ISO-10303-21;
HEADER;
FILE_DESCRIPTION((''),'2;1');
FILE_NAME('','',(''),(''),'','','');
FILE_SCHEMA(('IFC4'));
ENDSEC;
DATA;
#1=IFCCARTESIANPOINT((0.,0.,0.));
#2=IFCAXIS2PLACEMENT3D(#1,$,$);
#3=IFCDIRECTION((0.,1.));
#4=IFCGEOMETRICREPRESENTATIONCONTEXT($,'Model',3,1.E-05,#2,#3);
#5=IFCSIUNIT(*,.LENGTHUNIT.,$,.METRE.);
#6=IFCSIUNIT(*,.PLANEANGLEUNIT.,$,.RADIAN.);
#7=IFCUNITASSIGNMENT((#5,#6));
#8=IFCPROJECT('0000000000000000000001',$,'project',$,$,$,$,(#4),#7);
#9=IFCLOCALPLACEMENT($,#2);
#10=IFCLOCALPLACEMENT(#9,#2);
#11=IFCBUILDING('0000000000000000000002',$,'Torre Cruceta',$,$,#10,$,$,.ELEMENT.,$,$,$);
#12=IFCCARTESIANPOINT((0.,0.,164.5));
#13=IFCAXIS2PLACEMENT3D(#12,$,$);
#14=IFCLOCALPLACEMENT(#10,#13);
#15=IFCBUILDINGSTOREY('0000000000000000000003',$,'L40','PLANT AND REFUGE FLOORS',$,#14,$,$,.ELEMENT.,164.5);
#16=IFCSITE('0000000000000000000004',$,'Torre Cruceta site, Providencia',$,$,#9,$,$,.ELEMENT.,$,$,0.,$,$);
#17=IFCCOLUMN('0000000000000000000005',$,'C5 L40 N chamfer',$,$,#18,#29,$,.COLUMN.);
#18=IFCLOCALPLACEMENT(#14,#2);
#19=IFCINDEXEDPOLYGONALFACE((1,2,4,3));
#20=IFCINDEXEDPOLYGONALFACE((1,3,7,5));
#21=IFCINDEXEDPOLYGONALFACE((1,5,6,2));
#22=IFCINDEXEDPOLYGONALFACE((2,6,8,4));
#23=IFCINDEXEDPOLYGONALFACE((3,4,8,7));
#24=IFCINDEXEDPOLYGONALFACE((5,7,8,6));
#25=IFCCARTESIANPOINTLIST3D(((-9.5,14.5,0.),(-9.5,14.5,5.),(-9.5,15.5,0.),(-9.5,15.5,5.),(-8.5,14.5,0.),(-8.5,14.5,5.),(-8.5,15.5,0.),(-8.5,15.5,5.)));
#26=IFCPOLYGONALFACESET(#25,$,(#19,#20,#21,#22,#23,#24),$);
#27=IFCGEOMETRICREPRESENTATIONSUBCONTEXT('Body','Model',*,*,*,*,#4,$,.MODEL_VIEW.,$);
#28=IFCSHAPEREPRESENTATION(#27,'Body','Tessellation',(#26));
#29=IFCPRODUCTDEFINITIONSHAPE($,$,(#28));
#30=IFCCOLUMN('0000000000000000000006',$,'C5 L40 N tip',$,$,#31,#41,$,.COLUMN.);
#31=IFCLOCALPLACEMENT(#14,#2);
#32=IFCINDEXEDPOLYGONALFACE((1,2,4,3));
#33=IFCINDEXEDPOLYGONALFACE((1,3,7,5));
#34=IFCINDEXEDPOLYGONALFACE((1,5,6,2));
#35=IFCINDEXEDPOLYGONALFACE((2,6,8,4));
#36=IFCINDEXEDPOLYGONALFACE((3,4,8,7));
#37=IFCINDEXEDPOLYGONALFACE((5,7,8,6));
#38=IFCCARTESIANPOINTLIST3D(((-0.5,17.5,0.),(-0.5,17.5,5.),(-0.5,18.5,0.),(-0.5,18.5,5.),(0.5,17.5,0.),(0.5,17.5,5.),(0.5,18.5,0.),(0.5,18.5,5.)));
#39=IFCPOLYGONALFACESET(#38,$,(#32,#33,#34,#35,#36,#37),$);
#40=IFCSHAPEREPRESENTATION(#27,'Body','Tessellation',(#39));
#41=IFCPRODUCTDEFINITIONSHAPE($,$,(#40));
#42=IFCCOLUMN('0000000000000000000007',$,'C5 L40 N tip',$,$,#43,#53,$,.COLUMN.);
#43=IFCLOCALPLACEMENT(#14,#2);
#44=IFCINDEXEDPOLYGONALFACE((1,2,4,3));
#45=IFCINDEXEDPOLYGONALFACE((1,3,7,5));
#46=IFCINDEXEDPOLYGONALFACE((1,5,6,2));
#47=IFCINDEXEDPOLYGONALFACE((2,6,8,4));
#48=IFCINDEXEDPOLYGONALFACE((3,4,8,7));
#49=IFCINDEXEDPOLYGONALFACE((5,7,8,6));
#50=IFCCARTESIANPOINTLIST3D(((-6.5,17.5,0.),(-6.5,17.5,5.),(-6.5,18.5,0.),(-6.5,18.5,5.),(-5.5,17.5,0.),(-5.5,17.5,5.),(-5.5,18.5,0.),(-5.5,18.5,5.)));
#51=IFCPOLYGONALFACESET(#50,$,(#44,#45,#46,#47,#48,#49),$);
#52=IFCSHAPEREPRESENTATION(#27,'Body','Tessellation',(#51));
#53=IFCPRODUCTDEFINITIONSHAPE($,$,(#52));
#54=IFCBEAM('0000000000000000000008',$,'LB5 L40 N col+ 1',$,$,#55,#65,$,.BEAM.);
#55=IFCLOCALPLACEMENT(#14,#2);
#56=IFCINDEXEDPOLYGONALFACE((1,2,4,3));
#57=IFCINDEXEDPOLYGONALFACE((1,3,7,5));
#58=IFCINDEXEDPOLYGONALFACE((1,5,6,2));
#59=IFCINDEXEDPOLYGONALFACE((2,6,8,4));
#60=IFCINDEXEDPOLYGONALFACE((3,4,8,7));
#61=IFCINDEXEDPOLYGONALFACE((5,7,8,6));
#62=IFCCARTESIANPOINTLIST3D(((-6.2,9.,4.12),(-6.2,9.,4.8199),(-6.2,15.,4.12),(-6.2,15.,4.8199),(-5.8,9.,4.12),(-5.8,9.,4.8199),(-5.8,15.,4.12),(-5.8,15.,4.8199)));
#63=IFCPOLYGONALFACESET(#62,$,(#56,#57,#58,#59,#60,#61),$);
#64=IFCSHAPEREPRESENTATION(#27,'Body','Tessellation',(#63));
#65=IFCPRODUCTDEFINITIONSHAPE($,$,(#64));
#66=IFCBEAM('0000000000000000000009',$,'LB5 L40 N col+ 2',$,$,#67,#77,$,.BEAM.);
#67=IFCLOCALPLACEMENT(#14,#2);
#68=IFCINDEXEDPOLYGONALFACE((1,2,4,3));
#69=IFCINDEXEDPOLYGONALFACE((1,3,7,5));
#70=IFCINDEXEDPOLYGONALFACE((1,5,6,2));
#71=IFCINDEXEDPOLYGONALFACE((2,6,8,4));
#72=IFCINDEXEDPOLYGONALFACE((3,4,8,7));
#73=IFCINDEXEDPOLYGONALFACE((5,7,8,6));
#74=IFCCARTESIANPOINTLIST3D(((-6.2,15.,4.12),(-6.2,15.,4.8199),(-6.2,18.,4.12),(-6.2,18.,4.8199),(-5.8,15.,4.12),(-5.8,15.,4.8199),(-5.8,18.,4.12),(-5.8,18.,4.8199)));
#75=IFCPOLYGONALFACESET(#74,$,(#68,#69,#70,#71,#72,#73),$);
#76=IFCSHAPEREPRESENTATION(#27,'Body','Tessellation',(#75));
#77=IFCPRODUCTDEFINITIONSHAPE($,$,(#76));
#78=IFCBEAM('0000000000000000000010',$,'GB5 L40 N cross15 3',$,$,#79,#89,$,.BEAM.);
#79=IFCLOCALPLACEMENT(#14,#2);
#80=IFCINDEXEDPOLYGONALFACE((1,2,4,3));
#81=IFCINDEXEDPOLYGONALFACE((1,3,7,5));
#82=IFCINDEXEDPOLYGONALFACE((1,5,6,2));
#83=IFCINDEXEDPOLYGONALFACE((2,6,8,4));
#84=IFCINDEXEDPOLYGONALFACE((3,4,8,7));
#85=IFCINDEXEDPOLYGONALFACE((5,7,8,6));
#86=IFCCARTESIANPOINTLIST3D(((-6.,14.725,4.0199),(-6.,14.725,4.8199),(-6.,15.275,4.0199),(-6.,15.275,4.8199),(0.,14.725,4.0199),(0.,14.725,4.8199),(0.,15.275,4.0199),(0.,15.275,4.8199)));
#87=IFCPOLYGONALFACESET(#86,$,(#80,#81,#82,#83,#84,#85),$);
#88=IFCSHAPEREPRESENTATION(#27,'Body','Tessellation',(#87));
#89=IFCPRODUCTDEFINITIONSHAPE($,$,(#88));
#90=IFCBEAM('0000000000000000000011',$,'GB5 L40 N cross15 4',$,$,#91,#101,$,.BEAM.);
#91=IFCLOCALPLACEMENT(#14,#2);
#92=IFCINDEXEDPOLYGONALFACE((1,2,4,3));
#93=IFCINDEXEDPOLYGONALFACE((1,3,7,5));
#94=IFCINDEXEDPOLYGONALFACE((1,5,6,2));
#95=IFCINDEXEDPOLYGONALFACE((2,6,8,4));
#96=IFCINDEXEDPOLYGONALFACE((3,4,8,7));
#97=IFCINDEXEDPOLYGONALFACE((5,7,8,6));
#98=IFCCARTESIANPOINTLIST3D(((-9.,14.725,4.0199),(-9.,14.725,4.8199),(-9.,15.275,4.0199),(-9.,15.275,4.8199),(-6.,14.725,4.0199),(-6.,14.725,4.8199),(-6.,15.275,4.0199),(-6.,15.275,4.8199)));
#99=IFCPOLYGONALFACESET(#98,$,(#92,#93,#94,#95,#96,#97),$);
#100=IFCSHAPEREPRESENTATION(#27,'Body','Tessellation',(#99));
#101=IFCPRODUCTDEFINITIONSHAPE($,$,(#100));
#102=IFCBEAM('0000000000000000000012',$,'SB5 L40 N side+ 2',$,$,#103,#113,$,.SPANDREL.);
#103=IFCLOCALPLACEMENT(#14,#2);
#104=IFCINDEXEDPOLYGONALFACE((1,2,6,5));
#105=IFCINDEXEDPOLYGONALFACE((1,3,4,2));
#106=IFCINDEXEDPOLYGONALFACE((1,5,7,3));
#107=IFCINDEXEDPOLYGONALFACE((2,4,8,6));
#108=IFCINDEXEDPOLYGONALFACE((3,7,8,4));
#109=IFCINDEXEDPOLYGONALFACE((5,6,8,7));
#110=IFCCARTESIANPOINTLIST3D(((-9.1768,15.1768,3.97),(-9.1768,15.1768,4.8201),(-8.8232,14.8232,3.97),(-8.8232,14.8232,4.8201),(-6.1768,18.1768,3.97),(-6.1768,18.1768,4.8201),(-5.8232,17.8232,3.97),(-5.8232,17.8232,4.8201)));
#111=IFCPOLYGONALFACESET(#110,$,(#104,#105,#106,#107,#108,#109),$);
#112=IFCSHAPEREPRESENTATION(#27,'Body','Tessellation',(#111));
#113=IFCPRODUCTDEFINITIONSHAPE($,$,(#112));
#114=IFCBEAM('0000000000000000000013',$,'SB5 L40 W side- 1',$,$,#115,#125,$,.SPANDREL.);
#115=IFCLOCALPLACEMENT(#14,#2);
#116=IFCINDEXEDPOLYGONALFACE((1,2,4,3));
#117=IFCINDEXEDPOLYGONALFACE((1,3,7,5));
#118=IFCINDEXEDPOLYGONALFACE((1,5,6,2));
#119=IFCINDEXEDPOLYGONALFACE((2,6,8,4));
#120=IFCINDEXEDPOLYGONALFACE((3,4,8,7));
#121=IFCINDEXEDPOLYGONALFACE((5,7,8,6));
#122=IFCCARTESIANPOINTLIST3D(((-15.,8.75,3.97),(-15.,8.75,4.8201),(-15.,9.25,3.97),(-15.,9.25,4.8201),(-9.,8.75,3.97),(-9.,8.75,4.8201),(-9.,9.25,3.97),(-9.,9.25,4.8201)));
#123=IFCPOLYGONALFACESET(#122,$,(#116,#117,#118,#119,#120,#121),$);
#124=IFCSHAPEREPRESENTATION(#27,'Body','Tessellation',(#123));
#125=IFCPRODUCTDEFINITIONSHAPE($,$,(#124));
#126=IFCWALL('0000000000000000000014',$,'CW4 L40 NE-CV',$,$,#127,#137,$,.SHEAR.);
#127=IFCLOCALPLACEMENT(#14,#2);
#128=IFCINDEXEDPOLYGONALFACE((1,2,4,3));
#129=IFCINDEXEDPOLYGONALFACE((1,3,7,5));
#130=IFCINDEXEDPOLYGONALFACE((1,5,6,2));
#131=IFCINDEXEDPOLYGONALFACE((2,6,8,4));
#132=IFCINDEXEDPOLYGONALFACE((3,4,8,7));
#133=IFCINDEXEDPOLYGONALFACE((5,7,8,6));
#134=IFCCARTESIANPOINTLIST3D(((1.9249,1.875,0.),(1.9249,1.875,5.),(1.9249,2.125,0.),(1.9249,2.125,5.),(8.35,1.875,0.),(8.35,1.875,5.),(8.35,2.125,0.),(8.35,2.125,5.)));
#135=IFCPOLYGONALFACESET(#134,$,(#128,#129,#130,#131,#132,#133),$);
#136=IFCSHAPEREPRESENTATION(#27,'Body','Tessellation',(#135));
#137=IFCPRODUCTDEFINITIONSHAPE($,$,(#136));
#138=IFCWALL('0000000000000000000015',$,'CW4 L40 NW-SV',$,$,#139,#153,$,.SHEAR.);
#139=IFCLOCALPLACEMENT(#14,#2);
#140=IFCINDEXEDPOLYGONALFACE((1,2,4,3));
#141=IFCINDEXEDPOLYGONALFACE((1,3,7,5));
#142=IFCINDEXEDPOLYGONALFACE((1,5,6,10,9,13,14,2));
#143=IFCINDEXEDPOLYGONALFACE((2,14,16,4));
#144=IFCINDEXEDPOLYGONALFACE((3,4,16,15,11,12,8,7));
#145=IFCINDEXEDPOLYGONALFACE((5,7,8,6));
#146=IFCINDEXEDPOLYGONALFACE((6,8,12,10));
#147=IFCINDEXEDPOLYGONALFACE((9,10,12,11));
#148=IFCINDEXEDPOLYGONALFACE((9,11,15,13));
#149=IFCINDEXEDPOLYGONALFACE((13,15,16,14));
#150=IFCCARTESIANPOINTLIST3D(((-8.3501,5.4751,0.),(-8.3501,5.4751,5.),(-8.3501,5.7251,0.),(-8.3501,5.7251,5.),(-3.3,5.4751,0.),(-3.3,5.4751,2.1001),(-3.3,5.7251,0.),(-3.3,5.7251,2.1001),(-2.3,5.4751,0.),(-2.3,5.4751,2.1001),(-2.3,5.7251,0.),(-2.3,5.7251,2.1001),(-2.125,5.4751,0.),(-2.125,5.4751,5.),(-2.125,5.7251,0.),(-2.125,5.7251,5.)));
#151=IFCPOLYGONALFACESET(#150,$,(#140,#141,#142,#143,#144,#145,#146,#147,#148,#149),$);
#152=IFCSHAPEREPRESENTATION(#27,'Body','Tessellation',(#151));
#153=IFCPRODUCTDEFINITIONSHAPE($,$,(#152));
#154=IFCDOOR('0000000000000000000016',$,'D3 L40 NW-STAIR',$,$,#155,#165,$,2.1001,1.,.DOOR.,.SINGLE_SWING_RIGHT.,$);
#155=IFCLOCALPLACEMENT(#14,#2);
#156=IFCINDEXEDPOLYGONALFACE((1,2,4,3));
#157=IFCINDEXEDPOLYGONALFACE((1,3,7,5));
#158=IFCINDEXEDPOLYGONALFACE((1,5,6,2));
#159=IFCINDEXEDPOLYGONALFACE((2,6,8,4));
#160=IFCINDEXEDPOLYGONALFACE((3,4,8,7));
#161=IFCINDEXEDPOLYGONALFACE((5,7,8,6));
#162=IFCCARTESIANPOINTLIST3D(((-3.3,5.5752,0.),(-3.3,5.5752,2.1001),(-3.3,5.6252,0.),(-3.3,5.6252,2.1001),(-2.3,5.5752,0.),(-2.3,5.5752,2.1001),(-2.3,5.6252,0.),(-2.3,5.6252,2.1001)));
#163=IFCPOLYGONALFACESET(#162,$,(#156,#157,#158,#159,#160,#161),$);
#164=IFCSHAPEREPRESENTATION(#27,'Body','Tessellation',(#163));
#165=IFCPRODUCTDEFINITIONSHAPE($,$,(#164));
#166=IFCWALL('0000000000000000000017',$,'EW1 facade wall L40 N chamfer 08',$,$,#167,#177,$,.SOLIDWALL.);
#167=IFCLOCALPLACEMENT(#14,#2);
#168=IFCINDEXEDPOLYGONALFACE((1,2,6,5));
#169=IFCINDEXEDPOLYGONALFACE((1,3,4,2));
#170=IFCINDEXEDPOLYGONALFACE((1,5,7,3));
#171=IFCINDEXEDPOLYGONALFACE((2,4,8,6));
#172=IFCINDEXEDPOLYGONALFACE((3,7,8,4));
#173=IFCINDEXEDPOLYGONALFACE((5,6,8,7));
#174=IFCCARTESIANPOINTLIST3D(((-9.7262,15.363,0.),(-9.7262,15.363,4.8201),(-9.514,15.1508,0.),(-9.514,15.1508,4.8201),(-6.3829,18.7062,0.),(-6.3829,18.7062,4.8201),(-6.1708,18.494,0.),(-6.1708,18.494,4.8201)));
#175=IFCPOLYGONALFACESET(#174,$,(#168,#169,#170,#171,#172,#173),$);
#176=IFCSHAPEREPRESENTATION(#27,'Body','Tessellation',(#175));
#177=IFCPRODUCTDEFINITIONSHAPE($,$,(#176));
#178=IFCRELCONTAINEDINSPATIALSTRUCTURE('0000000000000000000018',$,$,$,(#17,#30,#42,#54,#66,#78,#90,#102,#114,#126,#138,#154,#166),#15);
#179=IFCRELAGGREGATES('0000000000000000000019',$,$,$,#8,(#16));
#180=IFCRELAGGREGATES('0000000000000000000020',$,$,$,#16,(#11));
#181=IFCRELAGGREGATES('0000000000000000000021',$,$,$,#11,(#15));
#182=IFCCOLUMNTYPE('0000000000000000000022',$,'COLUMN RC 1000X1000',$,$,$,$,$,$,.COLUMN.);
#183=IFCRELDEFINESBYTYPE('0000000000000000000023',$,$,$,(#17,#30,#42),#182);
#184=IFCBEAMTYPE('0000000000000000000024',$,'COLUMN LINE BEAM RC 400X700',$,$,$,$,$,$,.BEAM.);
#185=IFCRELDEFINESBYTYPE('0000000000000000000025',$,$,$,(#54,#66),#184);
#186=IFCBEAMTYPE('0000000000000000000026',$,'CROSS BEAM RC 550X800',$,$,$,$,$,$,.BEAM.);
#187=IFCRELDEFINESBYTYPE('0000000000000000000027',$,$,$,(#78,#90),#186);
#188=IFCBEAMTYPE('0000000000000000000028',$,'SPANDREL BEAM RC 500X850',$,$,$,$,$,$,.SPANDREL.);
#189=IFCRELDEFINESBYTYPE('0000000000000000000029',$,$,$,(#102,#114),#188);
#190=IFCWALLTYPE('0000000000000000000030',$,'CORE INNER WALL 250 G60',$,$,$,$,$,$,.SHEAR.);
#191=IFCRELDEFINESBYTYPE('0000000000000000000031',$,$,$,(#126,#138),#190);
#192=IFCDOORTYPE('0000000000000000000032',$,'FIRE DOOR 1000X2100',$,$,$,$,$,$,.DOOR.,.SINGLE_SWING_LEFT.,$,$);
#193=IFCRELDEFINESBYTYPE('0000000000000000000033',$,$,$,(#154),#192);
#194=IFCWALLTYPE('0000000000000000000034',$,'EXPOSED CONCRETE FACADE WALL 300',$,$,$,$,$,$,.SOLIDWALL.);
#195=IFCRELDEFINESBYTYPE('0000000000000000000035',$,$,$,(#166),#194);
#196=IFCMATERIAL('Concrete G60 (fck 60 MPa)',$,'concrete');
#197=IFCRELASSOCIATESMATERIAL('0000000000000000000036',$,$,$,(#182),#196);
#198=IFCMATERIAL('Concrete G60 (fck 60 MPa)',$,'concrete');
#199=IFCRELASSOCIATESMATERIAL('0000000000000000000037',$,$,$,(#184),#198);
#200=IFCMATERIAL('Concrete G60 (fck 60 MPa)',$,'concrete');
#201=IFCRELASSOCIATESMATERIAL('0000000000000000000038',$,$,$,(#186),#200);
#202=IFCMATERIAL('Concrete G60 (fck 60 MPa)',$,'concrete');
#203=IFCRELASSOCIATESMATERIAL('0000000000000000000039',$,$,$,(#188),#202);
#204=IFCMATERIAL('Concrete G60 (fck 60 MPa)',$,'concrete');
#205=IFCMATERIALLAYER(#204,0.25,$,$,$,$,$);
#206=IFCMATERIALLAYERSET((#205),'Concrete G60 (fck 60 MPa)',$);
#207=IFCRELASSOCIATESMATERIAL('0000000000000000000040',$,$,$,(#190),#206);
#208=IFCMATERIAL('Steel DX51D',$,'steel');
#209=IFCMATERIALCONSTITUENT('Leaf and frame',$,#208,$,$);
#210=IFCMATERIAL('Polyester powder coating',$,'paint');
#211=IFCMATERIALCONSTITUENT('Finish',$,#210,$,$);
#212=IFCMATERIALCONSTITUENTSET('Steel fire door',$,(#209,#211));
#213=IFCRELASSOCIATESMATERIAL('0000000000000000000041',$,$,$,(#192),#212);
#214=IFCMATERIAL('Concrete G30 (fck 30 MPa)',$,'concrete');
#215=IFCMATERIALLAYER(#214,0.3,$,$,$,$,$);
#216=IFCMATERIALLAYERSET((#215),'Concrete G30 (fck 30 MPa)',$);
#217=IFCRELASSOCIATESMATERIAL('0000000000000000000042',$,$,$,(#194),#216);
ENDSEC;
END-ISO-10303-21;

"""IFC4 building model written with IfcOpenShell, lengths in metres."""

from ifc_helpers import new_model, si_unit, direction, frame, frame_2d, origin, origin_2d, place, context, subcontext, project, spatial, rectangle, extrude, material, layer, layer_set, constituent, constituent_set, material_profile, profile_set, type_object, element, fill, save


model = new_model("IFC4")

# Units and contexts
model_context = context("Model", 3, precision=1e-05, world=origin(), true_north=direction((0.0, 1.0)))
body_context = subcontext(model_context, "Body", "Model", "MODEL_VIEW")
ifc_project = project(units=[si_unit("LENGTHUNIT", "METRE"), si_unit("PLANEANGLEUNIT", "RADIAN")], contexts=[model_context])

# Site, building, storey
site_placement = place(None, origin())
site = spatial("IfcSite", under=ifc_project, at=site_placement, Name="Torre Cruceta site, Providencia", CompositionType="ELEMENT", RefElevation=0.0)
building_placement = place(site_placement, origin())
building = spatial("IfcBuilding", under=site, at=building_placement, Name="Torre Cruceta", CompositionType="ELEMENT")
storey_placement = place(building_placement, frame((0.0, 0.0, 164.5)))
storey = spatial("IfcBuildingStorey", under=building, at=storey_placement, Name="L40", Description="PLANT AND REFUGE FLOORS", CompositionType="ELEMENT", Elevation=164.5)

# Columns
ifc_material_1 = material(Name="Concrete G60 (fck 60 MPa)", Category="concrete")
ifc_material_profile_1 = material_profile(ifc_material_1, rectangle(XDim=1.0, YDim=1.0, at=origin_2d()), Name="RC 1000X1000")
ifc_profile_set_1 = profile_set([ifc_material_profile_1], Name="Concrete G60 (fck 60 MPa)")
column_type = type_object("IfcColumnType", Name="COLUMN RC 1000X1000", PredefinedType="COLUMN", material=ifc_profile_set_1)
for number, where, z_axis, x_axis, name in (
    (1, (-9.0, 15.0, 0.0), (0.0, 0.0, 1.0), (1.0, 0.0, 0.0), "C5 L40 N chamfer"),
    (2, (0.0, 18.0, 0.0), (0.0, 0.0, 1.0), (1.0, 0.0, 0.0), "C5 L40 N tip"),
    (3, (-6.0, 18.0, 0.0), (0.0, 0.0, 1.0), (1.0, 0.0, 0.0), "C5 L40 N tip"),
):
    element("IfcColumn", number, at=place(storey_placement, frame(where, z_axis=z_axis, x_axis=x_axis)), inside=storey, type_object=column_type, Name=name, PredefinedType="COLUMN", context=body_context, shape_type="SweptSolid", body=[
        extrude(rectangle(XDim=1.0, YDim=1.0, at=origin_2d()), origin(), (0.0, 0.0, 1.0), 5.0),
    ])

# Beams
ifc_material_2 = material(Name="Concrete G60 (fck 60 MPa)", Category="concrete")
ifc_material_profile_2 = material_profile(ifc_material_2, rectangle(XDim=0.3999, YDim=0.7, at=origin_2d()), Name="RC 400X700")
ifc_profile_set_2 = profile_set([ifc_material_profile_2], Name="Concrete G60 (fck 60 MPa)")
beam_type_1 = type_object("IfcBeamType", Name="COLUMN LINE BEAM RC 400X700", PredefinedType="BEAM", material=ifc_profile_set_2)
beam_1_placement = place(storey_placement, frame((-6.0, 9.0, 4.47), z_axis=(0.0, 1.0, 0.0), x_axis=(-1.0, 0.0, 0.0)))
element("IfcBeam", 4, at=beam_1_placement, inside=storey, type_object=beam_type_1, Name="LB5 L40 N col+ 1", PredefinedType="BEAM", context=body_context, shape_type="SweptSolid", body=[
    extrude(rectangle(XDim=0.3999, YDim=0.7, at=origin_2d()), origin(), (0.0, 0.0, 1.0), 6.0),
])
beam_2_placement = place(storey_placement, frame((-6.0, 15.0, 4.47), z_axis=(0.0, 1.0, 0.0), x_axis=(-1.0, 0.0, 0.0)))
element("IfcBeam", 5, at=beam_2_placement, inside=storey, type_object=beam_type_1, Name="LB5 L40 N col+ 2", PredefinedType="BEAM", context=body_context, shape_type="SweptSolid", body=[
    extrude(rectangle(XDim=0.3999, YDim=0.7, at=origin_2d()), origin(), (0.0, 0.0, 1.0), 3.0),
])
ifc_material_3 = material(Name="Concrete G60 (fck 60 MPa)", Category="concrete")
ifc_material_profile_3 = material_profile(ifc_material_3, rectangle(XDim=0.55, YDim=0.8, at=origin_2d()), Name="RC 550X800")
ifc_profile_set_3 = profile_set([ifc_material_profile_3], Name="Concrete G60 (fck 60 MPa)")
beam_type_2 = type_object("IfcBeamType", Name="CROSS BEAM RC 550X800", PredefinedType="BEAM", material=ifc_profile_set_3)
beam_3_placement = place(storey_placement, frame((0.0, 15.0, 4.4199), z_axis=(-1.0, 0.0, 0.0), x_axis=(0.0, -1.0, 0.0)))
element("IfcBeam", 6, at=beam_3_placement, inside=storey, type_object=beam_type_2, Name="GB5 L40 N cross15 3", PredefinedType="BEAM", context=body_context, shape_type="SweptSolid", body=[
    extrude(rectangle(XDim=0.55, YDim=0.8, at=origin_2d()), origin(), (0.0, 0.0, 1.0), 6.0),
])
beam_4_placement = place(storey_placement, frame((-6.0, 15.0, 4.4199), z_axis=(-1.0, 0.0, 0.0), x_axis=(0.0, -1.0, 0.0)))
element("IfcBeam", 7, at=beam_4_placement, inside=storey, type_object=beam_type_2, Name="GB5 L40 N cross15 4", PredefinedType="BEAM", context=body_context, shape_type="SweptSolid", body=[
    extrude(rectangle(XDim=0.55, YDim=0.8, at=origin_2d()), origin(), (0.0, 0.0, 1.0), 3.0),
])
ifc_material_4 = material(Name="Concrete G60 (fck 60 MPa)", Category="concrete")
ifc_material_profile_4 = material_profile(ifc_material_4, rectangle(XDim=0.5, YDim=0.8501, at=origin_2d()), Name="RC 500X850")
ifc_profile_set_4 = profile_set([ifc_material_profile_4], Name="Concrete G60 (fck 60 MPa)")
beam_type_3 = type_object("IfcBeamType", Name="SPANDREL BEAM RC 500X850", PredefinedType="SPANDREL", material=ifc_profile_set_4)
beam_5_placement = place(storey_placement, frame((-9.0, 15.0, 4.395), z_axis=(0.707107, 0.707107, 0.0), x_axis=(-0.707107, 0.707107, 0.0)))
element("IfcBeam", 8, at=beam_5_placement, inside=storey, type_object=beam_type_3, Name="SB5 L40 N side+ 2", PredefinedType="SPANDREL", context=body_context, shape_type="SweptSolid", body=[
    extrude(rectangle(XDim=0.5, YDim=0.8501, at=origin_2d()), origin(), (0.0, 0.0, 1.0), 4.2427),
])
beam_6_placement = place(storey_placement, frame((-9.0, 9.0, 4.395), z_axis=(-1.0, 0.0, 0.0), x_axis=(0.0, -1.0, 0.0)))
element("IfcBeam", 9, at=beam_6_placement, inside=storey, type_object=beam_type_3, Name="SB5 L40 W side- 1", PredefinedType="SPANDREL", context=body_context, shape_type="SweptSolid", body=[
    extrude(rectangle(XDim=0.5, YDim=0.8501, at=origin_2d()), origin(), (0.0, 0.0, 1.0), 6.0),
])

# Wall
ifc_material_5 = material(Name="Concrete G60 (fck 60 MPa)", Category="concrete")
ifc_layer_1 = layer(ifc_material_5, 0.25)
ifc_layer_set_1 = layer_set([ifc_layer_1], Name="Concrete G60 (fck 60 MPa)")
wall_type_1 = type_object("IfcWallType", Name="CORE INNER WALL 250 G60", PredefinedType="SHEAR", material=ifc_layer_set_1)
wall_1_placement = place(storey_placement, frame((1.925, 2.0, 0.0), z_axis=(0.0, 0.0, 1.0), x_axis=(1.0, 0.0, 0.0)))
element("IfcWall", 10, at=wall_1_placement, inside=storey, type_object=wall_type_1, Name="CW4 L40 NE-CV", PredefinedType="SHEAR", context=body_context, shape_type="SweptSolid", body=[
    extrude(rectangle(XDim=6.425, YDim=0.25, at=frame_2d((3.2124, 0.0))), origin(), (0.0, 0.0, 1.0), 5.0),
])

# Wall, opening, door
wall_2_placement = place(storey_placement, frame((-2.125, 5.6001, 0.0), z_axis=(0.0, 0.0, 1.0), x_axis=(-1.0, 0.0, 0.0)))
wall_2 = element("IfcWall", 11, at=wall_2_placement, inside=storey, type_object=wall_type_1, Name="CW4 L40 NW-SV", PredefinedType="SHEAR", context=body_context, shape_type="SweptSolid", body=[
    extrude(rectangle(XDim=6.2251, YDim=0.25, at=frame_2d((3.1125, 0.0))), origin(), (0.0, 0.0, 1.0), 5.0),
])
opening_1_placement = place(wall_2_placement, frame((0.175, 0.0, 0.0)))
opening_1 = element("IfcOpeningElement", 12, at=opening_1_placement, cuts=wall_2, PredefinedType="OPENING", context=body_context, shape_type="SweptSolid", body=[
    extrude(rectangle(XDim=1.0, YDim=2.1001, at=frame_2d((0.5, 1.05))), frame((0.0, 0.135, 0.0), z_axis=(0.0, -1.0, 0.0), x_axis=(1.0, 0.0, 0.0)), (0.0, 0.0, 1.0), 0.27),
])
ifc_material_6 = material(Name="Steel DX51D", Category="steel")
ifc_constituent_1 = constituent(ifc_material_6, Name="Leaf and frame")
ifc_material_7 = material(Name="Polyester powder coating", Category="paint")
ifc_constituent_2 = constituent(ifc_material_7, Name="Finish")
ifc_constituent_set_1 = constituent_set(constituents=[ifc_constituent_1, ifc_constituent_2], Name="Steel fire door")
door_type_1 = type_object("IfcDoorType", Name="FIRE DOOR 1000X2100", OperationType="SINGLE_SWING_LEFT", PredefinedType="DOOR", material=ifc_constituent_set_1)
door_1_placement = place(opening_1_placement, frame((1.0, 0.0, 0.0), z_axis=(0.0, 0.0, 1.0), x_axis=(-1.0, 0.0, 0.0)))
door_1 = element("IfcDoor", 13, at=door_1_placement, inside=storey, type_object=door_type_1, Name="D3 L40 NW-STAIR", OperationType="SINGLE_SWING_RIGHT", OverallHeight=2.1001, OverallWidth=1.0, PredefinedType="DOOR", context=body_context, shape_type="SweptSolid", body=[
    extrude(rectangle(XDim=1.0, YDim=2.1001, at=frame_2d((0.5, 1.05))), frame((0.0, 0.0251, 0.0), z_axis=(0.0, -1.0, 0.0), x_axis=(1.0, 0.0, 0.0)), (0.0, 0.0, 1.0), 0.05),
])
fill(opening_1, door_1)

# Wall
ifc_material_8 = material(Name="Concrete G30 (fck 30 MPa)", Category="concrete")
ifc_layer_2 = layer(ifc_material_8, 0.3)
ifc_layer_set_2 = layer_set([ifc_layer_2], Name="Concrete G30 (fck 30 MPa)")
wall_type_2 = type_object("IfcWallType", Name="EXPOSED CONCRETE FACADE WALL 300", PredefinedType="SOLIDWALL", material=ifc_layer_set_2)
wall_3_placement = place(storey_placement, frame((-6.2769, 18.6001, 0.0), z_axis=(0.0, 0.0, 1.0), x_axis=(-0.707107, -0.707107, 0.0)))
element("IfcWall", 14, at=wall_3_placement, inside=storey, type_object=wall_type_2, Name="EW1 facade wall L40 N chamfer 08", PredefinedType="SOLIDWALL", context=body_context, shape_type="SweptSolid", body=[
    extrude(rectangle(XDim=4.728, YDim=0.3, at=frame_2d((2.364, 0.0))), origin(), (0.0, 0.0, 1.0), 4.8201),
])

save(model, "model.ifc")
